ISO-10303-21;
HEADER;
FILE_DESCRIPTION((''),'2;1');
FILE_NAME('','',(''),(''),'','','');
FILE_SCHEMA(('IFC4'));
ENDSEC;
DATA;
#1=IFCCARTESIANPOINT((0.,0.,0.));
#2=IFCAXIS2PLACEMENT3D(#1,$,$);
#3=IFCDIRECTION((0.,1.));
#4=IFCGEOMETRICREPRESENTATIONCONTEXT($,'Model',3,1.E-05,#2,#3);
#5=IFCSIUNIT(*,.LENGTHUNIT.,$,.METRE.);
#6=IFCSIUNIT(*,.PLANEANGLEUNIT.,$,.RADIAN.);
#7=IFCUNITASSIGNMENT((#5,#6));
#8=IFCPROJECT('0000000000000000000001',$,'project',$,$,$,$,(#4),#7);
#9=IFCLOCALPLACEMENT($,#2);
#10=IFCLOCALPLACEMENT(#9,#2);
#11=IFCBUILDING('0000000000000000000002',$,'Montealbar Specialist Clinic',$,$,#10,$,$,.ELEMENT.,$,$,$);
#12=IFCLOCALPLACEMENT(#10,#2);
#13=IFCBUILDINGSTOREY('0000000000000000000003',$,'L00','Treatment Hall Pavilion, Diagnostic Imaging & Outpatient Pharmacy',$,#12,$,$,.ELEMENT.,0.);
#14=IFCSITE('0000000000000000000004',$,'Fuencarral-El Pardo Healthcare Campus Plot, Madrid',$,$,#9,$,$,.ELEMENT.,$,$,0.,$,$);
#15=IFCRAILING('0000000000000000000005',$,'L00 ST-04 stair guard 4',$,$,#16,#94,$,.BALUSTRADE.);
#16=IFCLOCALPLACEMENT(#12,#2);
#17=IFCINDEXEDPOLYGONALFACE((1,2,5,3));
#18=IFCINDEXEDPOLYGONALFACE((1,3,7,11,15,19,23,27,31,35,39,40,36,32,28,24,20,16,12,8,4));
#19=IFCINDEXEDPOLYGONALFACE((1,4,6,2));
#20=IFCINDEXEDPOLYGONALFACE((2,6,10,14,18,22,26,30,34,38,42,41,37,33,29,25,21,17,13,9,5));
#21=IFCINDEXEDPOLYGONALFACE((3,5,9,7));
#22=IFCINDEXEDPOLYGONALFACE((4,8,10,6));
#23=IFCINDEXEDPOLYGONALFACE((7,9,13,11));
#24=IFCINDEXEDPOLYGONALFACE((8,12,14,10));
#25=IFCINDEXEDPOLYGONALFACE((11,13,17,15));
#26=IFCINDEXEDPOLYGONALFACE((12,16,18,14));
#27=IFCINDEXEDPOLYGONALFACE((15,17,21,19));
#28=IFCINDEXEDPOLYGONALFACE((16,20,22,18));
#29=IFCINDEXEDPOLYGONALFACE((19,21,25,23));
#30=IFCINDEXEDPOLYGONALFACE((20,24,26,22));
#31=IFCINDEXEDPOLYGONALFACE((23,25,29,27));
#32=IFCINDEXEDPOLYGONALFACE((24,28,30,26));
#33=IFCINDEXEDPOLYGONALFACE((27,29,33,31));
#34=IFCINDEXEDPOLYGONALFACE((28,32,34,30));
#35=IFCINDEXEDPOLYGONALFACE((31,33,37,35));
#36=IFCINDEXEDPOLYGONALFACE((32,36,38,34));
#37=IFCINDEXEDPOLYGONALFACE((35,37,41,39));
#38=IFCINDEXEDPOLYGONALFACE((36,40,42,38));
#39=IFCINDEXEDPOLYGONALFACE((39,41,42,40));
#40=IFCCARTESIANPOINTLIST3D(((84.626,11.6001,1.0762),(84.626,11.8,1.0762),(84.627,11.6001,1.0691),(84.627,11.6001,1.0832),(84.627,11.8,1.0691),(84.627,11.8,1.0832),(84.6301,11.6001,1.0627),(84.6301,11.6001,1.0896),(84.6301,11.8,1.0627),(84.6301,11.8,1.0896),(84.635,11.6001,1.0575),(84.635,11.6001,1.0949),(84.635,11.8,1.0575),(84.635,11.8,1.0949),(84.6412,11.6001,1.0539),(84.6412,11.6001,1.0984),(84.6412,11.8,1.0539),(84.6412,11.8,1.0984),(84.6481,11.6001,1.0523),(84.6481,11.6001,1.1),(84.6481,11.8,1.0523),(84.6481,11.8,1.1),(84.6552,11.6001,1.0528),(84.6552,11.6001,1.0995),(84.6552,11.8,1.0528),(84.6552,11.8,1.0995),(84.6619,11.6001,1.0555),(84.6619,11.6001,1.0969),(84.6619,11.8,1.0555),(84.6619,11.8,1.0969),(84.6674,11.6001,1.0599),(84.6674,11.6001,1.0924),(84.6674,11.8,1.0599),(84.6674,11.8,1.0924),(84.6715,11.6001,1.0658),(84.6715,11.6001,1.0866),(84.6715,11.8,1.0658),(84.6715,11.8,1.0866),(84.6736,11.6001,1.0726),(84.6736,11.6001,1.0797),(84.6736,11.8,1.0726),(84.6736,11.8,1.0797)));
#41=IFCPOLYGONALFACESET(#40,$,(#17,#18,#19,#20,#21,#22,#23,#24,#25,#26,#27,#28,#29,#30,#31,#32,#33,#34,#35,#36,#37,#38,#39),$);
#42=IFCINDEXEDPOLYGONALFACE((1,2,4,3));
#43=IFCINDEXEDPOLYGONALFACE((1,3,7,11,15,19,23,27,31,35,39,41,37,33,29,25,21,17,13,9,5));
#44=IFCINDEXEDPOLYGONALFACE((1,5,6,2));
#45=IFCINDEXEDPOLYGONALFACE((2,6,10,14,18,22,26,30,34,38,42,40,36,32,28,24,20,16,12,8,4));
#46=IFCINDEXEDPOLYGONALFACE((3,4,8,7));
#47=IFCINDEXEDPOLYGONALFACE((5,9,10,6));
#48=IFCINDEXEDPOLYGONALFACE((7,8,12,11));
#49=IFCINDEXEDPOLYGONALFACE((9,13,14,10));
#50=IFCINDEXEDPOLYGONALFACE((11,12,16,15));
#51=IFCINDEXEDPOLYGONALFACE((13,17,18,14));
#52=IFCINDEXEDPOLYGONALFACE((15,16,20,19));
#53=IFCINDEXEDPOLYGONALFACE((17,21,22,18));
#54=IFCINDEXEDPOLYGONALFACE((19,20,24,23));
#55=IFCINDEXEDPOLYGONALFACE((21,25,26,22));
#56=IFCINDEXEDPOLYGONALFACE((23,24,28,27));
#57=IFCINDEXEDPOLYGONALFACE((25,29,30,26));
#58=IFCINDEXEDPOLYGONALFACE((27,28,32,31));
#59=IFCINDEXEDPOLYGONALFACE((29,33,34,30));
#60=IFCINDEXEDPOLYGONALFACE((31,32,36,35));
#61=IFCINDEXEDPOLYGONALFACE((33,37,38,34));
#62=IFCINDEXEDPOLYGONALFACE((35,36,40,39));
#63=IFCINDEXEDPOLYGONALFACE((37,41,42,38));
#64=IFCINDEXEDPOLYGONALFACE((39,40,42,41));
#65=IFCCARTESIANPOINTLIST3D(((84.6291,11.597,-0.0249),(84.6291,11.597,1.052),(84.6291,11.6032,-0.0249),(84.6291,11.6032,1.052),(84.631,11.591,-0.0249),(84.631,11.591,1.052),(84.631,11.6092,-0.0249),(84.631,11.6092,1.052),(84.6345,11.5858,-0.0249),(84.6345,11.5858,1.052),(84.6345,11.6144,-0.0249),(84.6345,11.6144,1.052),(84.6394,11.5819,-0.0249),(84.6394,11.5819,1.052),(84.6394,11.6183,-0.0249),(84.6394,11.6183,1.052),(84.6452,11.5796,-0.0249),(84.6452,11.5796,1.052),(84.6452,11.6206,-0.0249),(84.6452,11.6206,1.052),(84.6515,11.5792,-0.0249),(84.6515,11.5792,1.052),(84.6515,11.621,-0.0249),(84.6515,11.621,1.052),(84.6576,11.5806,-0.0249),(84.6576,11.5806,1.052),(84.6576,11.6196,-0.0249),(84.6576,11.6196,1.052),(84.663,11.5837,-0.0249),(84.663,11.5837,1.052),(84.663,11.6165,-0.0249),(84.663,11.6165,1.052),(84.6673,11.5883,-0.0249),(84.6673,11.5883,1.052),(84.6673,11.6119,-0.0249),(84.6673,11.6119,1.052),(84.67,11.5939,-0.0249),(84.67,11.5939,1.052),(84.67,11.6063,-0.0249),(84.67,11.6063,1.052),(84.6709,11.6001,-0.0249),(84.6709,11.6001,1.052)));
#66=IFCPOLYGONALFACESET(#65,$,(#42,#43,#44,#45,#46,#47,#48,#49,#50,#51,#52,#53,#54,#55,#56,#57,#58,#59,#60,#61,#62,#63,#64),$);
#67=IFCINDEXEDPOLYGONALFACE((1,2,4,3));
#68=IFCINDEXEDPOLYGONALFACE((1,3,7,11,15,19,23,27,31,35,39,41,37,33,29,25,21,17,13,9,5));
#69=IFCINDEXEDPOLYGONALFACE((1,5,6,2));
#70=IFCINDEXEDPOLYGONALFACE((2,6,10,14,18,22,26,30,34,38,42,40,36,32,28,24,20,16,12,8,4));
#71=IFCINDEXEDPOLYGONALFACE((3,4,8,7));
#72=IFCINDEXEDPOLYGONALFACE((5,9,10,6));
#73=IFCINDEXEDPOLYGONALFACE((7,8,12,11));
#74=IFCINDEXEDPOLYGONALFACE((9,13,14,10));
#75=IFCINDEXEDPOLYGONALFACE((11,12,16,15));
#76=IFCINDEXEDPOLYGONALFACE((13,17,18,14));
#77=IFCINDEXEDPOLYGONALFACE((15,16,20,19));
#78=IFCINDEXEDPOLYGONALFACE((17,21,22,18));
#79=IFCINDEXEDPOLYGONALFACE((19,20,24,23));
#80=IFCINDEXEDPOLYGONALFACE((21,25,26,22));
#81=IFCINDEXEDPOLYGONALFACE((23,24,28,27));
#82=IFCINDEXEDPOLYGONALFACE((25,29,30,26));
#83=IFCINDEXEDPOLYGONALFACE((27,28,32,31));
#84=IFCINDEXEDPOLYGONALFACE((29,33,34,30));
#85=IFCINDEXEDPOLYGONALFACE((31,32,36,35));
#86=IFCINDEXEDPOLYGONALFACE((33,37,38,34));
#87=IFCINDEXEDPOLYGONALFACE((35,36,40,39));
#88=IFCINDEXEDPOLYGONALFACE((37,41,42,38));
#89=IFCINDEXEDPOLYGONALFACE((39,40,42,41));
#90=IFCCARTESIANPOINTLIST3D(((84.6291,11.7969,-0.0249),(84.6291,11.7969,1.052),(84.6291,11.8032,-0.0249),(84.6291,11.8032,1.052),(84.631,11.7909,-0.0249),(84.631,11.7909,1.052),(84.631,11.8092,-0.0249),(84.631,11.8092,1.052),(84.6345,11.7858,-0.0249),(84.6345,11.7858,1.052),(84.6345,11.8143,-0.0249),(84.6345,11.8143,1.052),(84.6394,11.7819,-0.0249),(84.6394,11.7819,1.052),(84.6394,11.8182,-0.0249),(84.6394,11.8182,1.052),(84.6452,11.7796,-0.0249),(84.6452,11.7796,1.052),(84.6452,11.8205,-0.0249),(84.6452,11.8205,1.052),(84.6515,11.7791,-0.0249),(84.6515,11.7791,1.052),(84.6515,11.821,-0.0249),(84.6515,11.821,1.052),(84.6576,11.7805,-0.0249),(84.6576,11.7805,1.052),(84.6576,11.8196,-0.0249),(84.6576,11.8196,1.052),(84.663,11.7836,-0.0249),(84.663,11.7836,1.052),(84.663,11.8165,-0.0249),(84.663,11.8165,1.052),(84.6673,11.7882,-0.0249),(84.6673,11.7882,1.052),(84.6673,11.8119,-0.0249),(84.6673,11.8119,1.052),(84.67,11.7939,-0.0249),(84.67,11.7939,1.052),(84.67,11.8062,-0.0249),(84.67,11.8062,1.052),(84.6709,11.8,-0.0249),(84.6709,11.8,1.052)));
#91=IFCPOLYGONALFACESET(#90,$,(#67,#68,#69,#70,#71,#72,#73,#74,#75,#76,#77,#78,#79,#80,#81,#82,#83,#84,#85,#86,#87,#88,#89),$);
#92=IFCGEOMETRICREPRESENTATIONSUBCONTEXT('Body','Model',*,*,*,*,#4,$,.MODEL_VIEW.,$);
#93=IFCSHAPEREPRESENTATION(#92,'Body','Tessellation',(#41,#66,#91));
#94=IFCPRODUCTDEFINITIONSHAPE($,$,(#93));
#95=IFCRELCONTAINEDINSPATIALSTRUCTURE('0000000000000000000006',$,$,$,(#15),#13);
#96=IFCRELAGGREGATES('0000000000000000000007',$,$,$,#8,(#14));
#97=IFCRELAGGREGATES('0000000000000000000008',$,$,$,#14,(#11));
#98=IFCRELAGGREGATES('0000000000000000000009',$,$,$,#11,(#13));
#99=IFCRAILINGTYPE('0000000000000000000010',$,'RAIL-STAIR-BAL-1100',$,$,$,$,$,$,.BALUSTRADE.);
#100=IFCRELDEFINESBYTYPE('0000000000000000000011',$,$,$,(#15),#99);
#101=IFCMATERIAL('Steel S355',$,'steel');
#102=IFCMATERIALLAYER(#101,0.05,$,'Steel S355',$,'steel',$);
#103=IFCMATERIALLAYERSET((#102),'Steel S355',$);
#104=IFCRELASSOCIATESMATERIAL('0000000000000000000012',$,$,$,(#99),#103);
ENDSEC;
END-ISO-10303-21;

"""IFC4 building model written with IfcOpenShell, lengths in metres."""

from ifc_helpers import new_model, si_unit, direction, frame, origin, origin_2d, place, context, subcontext, project, spatial, circle, extrude, material, layer, layer_set, type_object, element, save


model = new_model("IFC4")

# Units and contexts
model_context = context("Model", 3, precision=1e-05, world=origin(), true_north=direction((0.0, 1.0)))
body_context = subcontext(model_context, "Body", "Model", "MODEL_VIEW")
ifc_project = project(units=[si_unit("LENGTHUNIT", "METRE"), si_unit("PLANEANGLEUNIT", "RADIAN")], contexts=[model_context])

# Site, building, storey
site_placement = place(None, origin())
site = spatial("IfcSite", under=ifc_project, at=site_placement, Name="Fuencarral-El Pardo Healthcare Campus Plot, Madrid", CompositionType="ELEMENT", RefElevation=0.0)
building_placement = place(site_placement, origin())
building = spatial("IfcBuilding", under=site, at=building_placement, Name="Montealbar Specialist Clinic", CompositionType="ELEMENT")
storey_placement = place(building_placement, origin())
storey = spatial("IfcBuildingStorey", under=building, at=storey_placement, Name="L00", Description="Treatment Hall Pavilion, Diagnostic Imaging & Outpatient Pharmacy", CompositionType="ELEMENT", Elevation=0.0)

# Shared definitions
ifc_material_1 = material(Name="Steel S355", Category="steel")

# Railing
ifc_layer_1 = layer(ifc_material_1, 0.05, Name="Steel S355", Category="steel")
ifc_layer_set_1 = layer_set([ifc_layer_1], Name="Steel S355")
railing_type_1 = type_object("IfcRailingType", Name="RAIL-STAIR-BAL-1100", PredefinedType="BALUSTRADE", material=ifc_layer_set_1)
railing_1_placement = place(storey_placement, frame((84.6499, 11.6001, 0.0)))
element("IfcRailing", 1, at=railing_1_placement, inside=storey, type_object=railing_type_1, Name="L00 ST-04 stair guard 4", PredefinedType="BALUSTRADE", context=body_context, shape_type="SweptSolid", body=[
    extrude(circle(Radius=0.0239, at=origin_2d()), frame((0.0, 0.0, 1.0762), z_axis=(0.0, 1.0, 0.0), x_axis=(-1.0, 0.0, 0.0)), (0.0, 0.0, 1.0), 0.2),
    extrude(circle(Radius=0.021, at=origin_2d()), frame((0.0, 0.0, -0.0249)), (0.0, 0.0, 1.0), 1.0769),
    extrude(circle(Radius=0.021, at=origin_2d()), frame((0.0, 0.2, -0.0249)), (0.0, 0.0, 1.0), 1.0769),
])

save(model, "model.ifc")
